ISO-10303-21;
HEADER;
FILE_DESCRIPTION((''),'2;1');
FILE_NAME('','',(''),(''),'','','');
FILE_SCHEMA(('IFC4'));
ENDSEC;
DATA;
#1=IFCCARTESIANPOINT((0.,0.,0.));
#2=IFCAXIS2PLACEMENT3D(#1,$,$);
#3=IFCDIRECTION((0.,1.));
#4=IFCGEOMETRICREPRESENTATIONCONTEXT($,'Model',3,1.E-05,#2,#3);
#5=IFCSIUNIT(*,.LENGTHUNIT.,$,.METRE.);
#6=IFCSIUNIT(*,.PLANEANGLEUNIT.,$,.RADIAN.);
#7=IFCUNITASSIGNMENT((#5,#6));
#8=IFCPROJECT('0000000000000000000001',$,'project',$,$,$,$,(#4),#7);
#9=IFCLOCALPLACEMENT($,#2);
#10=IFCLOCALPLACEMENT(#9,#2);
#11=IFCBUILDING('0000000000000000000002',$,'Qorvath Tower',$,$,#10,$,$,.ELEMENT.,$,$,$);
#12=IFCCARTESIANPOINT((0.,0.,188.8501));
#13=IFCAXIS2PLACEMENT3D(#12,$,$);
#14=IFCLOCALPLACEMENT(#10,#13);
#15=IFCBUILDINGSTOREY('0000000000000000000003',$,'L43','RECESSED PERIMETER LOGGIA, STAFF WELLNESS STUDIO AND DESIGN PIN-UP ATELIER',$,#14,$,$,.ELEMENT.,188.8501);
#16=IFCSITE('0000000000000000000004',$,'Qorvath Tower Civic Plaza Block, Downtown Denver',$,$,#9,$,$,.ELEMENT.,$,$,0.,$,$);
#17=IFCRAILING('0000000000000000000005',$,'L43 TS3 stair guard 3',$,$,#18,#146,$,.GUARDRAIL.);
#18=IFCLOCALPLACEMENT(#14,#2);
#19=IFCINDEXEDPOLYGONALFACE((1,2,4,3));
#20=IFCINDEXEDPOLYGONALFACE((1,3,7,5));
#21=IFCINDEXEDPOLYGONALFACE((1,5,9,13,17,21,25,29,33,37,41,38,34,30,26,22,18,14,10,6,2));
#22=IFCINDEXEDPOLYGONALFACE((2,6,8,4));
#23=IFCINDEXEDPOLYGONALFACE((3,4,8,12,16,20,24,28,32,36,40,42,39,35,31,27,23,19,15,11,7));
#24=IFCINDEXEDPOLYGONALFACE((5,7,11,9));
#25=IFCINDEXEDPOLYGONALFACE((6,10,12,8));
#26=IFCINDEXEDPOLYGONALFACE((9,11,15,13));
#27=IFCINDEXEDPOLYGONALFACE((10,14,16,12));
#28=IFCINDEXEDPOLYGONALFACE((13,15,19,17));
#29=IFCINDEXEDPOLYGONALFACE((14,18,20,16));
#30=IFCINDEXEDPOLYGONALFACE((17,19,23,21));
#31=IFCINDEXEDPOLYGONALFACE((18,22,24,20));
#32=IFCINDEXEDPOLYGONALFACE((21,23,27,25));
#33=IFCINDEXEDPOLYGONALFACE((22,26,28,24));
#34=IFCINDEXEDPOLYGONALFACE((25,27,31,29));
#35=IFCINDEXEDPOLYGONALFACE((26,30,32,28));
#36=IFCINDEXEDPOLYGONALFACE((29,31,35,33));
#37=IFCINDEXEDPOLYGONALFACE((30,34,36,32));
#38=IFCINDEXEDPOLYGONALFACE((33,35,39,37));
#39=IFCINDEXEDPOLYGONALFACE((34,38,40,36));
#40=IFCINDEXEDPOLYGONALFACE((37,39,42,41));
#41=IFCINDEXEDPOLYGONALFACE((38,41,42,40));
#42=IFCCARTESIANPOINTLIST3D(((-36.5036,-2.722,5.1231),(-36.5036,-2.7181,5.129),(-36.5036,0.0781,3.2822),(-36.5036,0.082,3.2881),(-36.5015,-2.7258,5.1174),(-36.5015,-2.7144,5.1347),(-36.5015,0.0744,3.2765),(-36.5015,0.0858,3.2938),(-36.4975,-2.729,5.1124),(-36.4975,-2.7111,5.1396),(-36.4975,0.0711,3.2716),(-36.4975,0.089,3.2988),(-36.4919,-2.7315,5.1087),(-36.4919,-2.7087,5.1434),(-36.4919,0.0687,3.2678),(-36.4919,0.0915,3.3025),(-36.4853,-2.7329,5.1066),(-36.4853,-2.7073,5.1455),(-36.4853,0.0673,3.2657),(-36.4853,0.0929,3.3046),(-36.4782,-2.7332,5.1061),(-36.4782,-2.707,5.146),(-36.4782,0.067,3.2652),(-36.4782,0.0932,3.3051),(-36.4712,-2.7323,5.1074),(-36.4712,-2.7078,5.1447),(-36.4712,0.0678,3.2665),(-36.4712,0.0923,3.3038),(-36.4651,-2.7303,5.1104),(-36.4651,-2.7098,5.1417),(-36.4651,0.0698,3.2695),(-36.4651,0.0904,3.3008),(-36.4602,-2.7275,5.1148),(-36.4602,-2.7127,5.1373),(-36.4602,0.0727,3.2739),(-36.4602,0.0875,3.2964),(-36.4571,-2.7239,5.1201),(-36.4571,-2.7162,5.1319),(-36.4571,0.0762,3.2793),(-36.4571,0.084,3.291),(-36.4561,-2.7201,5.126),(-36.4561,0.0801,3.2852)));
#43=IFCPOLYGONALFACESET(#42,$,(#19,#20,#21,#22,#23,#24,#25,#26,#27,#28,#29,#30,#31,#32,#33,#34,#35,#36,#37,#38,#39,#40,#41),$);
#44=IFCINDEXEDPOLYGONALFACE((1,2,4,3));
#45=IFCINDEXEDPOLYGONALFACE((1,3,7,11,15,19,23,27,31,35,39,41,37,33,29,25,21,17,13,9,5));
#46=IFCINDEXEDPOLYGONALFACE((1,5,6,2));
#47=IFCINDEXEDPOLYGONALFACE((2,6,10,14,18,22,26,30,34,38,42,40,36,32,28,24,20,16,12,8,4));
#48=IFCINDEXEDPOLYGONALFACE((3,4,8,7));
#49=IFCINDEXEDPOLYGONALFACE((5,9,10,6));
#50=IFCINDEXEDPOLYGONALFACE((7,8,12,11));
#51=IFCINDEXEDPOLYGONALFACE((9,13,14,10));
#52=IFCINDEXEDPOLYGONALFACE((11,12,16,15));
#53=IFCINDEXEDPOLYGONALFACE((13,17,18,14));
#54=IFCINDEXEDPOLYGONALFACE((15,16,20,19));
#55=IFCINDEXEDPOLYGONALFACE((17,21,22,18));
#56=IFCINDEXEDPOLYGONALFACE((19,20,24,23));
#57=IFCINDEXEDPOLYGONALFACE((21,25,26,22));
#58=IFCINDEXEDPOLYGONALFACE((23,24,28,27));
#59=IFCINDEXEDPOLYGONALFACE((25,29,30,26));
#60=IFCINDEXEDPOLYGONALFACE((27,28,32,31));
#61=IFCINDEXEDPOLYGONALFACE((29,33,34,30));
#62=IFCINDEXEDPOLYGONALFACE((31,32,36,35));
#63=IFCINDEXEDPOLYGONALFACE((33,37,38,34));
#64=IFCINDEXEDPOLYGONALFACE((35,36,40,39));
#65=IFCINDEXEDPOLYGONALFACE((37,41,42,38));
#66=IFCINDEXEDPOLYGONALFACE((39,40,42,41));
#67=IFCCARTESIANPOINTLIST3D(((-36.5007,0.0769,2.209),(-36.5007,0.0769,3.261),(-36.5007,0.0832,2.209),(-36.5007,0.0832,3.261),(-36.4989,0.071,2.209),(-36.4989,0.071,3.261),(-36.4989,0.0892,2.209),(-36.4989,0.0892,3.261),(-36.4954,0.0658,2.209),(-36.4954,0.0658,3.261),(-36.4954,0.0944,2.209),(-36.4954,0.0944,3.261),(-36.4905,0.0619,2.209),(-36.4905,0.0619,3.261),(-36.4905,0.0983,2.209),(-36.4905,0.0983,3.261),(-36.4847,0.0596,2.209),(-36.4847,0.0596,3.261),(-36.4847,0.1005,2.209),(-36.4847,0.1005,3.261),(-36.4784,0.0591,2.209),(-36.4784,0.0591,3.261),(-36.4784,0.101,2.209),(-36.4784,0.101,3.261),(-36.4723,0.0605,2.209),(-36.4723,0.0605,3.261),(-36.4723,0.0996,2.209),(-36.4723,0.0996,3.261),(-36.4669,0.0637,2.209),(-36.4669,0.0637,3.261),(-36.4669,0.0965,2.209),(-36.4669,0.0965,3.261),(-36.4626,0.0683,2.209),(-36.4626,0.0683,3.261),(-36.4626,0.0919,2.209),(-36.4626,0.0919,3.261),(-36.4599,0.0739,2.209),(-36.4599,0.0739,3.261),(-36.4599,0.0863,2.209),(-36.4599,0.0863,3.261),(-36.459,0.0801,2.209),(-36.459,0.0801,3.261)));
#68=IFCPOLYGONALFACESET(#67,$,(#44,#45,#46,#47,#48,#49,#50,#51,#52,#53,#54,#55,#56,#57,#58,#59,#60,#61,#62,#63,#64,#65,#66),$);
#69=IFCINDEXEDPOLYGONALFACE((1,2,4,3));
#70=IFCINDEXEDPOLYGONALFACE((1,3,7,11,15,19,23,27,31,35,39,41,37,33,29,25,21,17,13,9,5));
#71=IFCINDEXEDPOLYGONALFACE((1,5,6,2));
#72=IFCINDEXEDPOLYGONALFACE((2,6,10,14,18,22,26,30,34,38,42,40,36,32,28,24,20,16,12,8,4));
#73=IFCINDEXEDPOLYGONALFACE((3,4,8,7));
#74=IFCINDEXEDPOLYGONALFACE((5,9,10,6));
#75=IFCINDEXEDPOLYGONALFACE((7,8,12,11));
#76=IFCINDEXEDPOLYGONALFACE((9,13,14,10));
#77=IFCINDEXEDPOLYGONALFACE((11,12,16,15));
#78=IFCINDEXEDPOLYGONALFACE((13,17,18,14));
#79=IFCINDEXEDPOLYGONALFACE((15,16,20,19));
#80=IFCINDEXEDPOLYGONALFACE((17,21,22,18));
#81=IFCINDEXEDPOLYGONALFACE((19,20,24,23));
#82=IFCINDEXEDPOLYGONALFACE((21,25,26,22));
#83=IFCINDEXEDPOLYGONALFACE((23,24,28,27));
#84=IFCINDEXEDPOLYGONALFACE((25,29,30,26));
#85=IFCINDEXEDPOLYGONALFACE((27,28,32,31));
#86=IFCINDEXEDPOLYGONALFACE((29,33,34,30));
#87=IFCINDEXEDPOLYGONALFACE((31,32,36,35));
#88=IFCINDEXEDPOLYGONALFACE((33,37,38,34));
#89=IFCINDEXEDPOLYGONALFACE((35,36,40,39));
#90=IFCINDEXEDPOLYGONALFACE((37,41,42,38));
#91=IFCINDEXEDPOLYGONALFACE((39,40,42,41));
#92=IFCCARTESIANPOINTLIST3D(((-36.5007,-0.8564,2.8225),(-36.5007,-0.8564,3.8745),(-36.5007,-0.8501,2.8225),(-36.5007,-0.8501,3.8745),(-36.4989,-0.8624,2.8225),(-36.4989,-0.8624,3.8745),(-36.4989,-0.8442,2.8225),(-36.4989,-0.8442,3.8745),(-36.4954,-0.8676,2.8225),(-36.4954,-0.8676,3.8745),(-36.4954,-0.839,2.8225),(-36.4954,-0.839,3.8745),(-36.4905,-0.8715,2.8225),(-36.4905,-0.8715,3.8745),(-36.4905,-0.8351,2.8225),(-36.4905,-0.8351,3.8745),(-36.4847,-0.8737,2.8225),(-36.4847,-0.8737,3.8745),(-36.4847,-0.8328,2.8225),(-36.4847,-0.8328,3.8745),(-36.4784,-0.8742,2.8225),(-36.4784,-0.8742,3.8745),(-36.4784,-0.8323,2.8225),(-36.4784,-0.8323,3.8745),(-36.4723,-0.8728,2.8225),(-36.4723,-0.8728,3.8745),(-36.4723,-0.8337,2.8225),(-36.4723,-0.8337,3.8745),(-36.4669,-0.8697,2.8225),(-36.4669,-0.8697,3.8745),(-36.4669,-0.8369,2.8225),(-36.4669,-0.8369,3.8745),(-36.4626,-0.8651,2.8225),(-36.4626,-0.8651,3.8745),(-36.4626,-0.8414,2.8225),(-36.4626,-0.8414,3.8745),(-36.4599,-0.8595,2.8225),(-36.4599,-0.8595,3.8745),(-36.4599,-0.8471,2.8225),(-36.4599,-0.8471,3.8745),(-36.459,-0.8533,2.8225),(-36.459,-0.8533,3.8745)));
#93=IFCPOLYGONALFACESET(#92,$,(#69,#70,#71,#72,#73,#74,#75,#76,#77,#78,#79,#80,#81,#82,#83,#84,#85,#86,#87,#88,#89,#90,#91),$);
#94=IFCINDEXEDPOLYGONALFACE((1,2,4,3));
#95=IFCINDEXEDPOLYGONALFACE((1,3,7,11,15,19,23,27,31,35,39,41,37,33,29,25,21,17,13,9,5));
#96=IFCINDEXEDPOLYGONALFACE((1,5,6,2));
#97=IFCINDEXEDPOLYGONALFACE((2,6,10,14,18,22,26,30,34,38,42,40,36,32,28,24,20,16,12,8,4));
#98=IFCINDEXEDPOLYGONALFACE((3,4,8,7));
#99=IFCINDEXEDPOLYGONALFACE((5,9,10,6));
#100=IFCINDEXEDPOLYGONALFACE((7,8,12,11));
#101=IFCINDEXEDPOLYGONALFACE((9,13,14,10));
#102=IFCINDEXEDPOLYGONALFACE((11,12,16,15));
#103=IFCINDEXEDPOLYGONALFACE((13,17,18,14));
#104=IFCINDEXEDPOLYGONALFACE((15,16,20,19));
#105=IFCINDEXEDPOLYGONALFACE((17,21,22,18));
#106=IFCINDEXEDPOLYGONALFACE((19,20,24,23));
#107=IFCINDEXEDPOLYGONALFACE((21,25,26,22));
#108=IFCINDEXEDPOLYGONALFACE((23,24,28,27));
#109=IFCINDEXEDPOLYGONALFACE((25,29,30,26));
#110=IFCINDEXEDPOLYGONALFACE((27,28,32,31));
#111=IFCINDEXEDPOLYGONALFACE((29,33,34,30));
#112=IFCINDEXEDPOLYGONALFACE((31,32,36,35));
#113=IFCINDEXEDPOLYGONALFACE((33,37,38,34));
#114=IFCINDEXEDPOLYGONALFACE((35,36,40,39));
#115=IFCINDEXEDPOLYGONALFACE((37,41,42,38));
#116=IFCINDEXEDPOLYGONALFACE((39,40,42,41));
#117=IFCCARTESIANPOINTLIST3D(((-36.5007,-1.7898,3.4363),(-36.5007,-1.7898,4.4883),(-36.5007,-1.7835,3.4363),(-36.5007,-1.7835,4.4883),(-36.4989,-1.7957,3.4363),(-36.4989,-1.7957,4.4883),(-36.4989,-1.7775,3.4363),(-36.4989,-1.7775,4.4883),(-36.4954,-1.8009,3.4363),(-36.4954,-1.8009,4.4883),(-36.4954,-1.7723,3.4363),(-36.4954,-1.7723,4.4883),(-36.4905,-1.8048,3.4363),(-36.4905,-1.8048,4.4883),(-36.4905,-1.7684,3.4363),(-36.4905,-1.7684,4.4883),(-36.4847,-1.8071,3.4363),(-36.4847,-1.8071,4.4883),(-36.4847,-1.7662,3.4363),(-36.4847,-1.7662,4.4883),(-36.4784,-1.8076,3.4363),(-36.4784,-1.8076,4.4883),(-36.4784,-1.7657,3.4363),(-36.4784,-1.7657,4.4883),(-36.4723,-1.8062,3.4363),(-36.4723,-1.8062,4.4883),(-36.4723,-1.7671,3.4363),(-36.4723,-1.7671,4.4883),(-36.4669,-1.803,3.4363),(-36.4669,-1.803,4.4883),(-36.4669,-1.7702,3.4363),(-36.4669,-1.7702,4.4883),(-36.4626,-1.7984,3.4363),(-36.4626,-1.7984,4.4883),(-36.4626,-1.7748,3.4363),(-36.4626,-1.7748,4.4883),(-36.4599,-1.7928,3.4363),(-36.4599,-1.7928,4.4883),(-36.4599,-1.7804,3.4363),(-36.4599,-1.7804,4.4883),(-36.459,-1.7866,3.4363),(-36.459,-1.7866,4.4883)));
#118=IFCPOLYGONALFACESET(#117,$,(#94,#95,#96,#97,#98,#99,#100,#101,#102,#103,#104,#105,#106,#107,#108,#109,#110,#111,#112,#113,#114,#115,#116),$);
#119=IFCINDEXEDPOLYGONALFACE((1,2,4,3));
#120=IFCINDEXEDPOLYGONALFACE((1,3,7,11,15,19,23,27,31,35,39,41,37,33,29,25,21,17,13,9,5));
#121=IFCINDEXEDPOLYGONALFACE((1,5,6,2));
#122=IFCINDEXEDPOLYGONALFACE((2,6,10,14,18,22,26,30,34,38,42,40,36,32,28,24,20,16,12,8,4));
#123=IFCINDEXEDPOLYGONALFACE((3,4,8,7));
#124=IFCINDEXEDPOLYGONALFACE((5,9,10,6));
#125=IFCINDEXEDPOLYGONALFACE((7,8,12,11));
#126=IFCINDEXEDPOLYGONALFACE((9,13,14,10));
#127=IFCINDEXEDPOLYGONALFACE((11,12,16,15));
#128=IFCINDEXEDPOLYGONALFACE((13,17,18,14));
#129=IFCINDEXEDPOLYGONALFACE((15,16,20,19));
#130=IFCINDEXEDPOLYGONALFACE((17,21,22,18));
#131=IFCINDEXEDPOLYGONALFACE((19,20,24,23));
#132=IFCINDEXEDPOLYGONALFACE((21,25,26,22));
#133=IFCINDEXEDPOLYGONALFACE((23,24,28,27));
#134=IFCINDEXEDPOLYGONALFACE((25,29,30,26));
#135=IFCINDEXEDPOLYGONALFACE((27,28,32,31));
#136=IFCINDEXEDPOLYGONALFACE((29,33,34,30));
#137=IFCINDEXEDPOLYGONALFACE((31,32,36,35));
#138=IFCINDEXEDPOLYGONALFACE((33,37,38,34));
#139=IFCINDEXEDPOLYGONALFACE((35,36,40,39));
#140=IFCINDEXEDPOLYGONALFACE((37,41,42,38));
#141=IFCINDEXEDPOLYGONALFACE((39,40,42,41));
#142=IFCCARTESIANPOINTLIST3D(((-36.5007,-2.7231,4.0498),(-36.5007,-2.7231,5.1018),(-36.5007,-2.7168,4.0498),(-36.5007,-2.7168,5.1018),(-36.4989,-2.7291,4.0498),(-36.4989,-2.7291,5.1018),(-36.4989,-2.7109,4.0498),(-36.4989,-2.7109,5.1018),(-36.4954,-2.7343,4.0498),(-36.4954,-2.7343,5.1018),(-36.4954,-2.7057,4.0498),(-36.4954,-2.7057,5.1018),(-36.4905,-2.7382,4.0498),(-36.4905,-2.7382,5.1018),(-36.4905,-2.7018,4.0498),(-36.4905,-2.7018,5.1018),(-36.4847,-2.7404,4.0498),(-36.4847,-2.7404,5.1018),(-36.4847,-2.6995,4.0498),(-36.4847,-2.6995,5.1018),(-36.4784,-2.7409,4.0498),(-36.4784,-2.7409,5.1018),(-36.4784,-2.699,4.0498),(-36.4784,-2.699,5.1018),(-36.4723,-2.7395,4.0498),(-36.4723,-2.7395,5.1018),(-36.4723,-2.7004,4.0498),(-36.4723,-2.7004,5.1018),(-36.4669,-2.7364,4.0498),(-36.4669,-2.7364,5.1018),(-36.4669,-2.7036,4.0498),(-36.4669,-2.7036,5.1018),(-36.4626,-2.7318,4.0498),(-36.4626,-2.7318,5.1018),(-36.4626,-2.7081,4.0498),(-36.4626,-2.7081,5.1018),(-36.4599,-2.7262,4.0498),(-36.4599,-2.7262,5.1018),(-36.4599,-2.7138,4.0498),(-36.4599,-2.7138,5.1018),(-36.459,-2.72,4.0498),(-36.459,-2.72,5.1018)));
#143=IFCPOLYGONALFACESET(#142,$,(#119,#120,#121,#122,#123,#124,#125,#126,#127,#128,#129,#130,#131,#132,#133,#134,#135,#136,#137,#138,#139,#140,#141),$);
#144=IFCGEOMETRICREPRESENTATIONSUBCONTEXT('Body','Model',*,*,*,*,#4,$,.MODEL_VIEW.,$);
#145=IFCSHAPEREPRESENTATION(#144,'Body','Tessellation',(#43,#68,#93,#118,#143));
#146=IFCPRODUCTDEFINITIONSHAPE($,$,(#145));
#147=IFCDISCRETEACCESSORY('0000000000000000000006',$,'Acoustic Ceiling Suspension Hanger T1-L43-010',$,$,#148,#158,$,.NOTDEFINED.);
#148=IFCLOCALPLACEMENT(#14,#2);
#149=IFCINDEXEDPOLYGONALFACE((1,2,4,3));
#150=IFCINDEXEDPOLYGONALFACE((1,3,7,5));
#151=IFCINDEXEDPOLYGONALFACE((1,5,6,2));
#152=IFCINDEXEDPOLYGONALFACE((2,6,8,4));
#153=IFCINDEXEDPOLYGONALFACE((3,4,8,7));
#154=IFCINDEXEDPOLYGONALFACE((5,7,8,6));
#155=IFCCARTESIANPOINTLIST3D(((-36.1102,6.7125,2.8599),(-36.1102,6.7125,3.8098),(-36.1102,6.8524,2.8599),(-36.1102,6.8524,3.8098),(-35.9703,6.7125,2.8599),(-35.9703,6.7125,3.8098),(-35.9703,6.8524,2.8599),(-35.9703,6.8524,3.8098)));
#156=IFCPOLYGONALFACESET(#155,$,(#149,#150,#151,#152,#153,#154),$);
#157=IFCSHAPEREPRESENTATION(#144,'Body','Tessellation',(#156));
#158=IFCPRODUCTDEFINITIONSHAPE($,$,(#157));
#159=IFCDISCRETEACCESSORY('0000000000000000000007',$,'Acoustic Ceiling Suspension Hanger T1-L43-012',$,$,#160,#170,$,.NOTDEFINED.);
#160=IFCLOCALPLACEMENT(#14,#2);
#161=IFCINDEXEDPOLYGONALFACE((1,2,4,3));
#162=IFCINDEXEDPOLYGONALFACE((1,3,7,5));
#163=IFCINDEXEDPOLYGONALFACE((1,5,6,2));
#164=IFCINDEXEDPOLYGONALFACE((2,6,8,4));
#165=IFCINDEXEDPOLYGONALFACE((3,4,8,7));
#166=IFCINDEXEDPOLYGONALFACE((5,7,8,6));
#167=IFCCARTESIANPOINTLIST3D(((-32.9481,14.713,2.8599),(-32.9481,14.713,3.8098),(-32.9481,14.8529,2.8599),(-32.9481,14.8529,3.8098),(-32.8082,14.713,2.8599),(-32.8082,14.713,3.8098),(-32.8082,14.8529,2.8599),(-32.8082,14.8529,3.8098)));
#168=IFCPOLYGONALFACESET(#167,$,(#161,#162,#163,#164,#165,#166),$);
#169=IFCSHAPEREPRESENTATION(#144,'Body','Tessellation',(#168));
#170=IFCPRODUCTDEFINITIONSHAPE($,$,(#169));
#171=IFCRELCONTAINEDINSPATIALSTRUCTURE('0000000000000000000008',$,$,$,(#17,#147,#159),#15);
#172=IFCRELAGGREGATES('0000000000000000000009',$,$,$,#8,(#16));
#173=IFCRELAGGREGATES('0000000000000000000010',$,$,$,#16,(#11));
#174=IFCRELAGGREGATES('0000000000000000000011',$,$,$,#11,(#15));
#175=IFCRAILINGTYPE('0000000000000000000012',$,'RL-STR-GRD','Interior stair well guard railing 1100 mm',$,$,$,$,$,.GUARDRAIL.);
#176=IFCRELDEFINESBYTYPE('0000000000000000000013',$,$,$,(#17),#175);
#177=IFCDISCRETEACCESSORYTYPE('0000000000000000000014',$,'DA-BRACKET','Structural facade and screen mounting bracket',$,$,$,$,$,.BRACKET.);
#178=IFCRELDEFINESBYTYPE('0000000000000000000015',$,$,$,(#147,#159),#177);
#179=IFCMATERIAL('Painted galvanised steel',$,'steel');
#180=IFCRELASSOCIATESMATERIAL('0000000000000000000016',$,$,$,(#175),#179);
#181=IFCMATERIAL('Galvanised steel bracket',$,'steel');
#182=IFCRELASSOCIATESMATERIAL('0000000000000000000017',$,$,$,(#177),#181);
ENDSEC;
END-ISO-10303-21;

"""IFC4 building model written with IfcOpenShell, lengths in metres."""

from ifc_helpers import new_model, si_unit, direction, frame, origin, origin_2d, place, context, subcontext, project, spatial, rectangle, circle, extrude, material, type_object, element, save


model = new_model("IFC4")

# Units and contexts
model_context = context("Model", 3, precision=1e-05, world=origin(), true_north=direction((0.0, 1.0)))
body_context = subcontext(model_context, "Body", "Model", "MODEL_VIEW")
ifc_project = project(units=[si_unit("LENGTHUNIT", "METRE"), si_unit("PLANEANGLEUNIT", "RADIAN")], contexts=[model_context])

# Site, building, storey
site_placement = place(None, origin())
site = spatial("IfcSite", under=ifc_project, at=site_placement, Name="Qorvath Tower Civic Plaza Block, Downtown Denver", CompositionType="ELEMENT", RefElevation=0.0)
building_placement = place(site_placement, origin())
building = spatial("IfcBuilding", under=site, at=building_placement, Name="Qorvath Tower", CompositionType="ELEMENT")
storey_placement = place(building_placement, frame((0.0, 0.0, 188.8501)))
storey = spatial("IfcBuildingStorey", under=building, at=storey_placement, Name="L43", Description="RECESSED PERIMETER LOGGIA, STAFF WELLNESS STUDIO AND DESIGN PIN-UP ATELIER", CompositionType="ELEMENT", Elevation=188.8501)

# Railing
ifc_material_1 = material(Name="Painted galvanised steel", Category="steel")
railing_type = type_object("IfcRailingType", Name="RL-STR-GRD", Description="Interior stair well guard railing 1100 mm", PredefinedType="GUARDRAIL", material=ifc_material_1)
railing_1_placement = place(storey_placement, frame((-36.48, 0.0801, 2.209)))
element("IfcRailing", 1, at=railing_1_placement, inside=storey, type_object=railing_type, Name="L43 TS3 stair guard 3", PredefinedType="GUARDRAIL", context=body_context, shape_type="SweptSolid", body=[
    extrude(circle(Radius=0.0239, at=origin_2d()), frame((0.0, 0.0, 1.0762), z_axis=(0.0, -0.835598, 0.549342), x_axis=(1.0, 0.0, 0.0)), (0.0, 0.0, 1.0), 3.3511),
    extrude(circle(Radius=0.021, at=origin_2d()), origin(), (0.0, 0.0, 1.0), 1.052),
    extrude(circle(Radius=0.021, at=origin_2d()), frame((0.0, -0.9333, 0.6135)), (0.0, 0.0, 1.0), 1.052),
    extrude(circle(Radius=0.021, at=origin_2d()), frame((0.0, -1.8667, 1.2273)), (0.0, 0.0, 1.0), 1.052),
    extrude(circle(Radius=0.021, at=origin_2d()), frame((0.0, -2.8, 1.8408)), (0.0, 0.0, 1.0), 1.052),
])

# Discrete accessories
ifc_material_2 = material(Name="Galvanised steel bracket", Category="steel")
discrete_accessory_type = type_object("IfcDiscreteAccessoryType", Name="DA-BRACKET", Description="Structural facade and screen mounting bracket", PredefinedType="BRACKET", material=ifc_material_2)
for number, where, z_axis, x_axis, name in (
    (2, (-36.0403, 6.7825, 2.8599), (0.0, 0.0, 1.0), (1.0, 0.0, 0.0), "Acoustic Ceiling Suspension Hanger T1-L43-010"),
    (3, (-32.8782, 14.783, 2.8599), (0.0, 0.0, 1.0), (1.0, 0.0, 0.0), "Acoustic Ceiling Suspension Hanger T1-L43-012"),
):
    element("IfcDiscreteAccessory", number, at=place(storey_placement, frame(where, z_axis=z_axis, x_axis=x_axis)), inside=storey, type_object=discrete_accessory_type, Name=name, PredefinedType="NOTDEFINED", context=body_context, shape_type="SweptSolid", body=[
        extrude(rectangle(XDim=0.1399, YDim=0.1399, at=origin_2d()), origin(), (0.0, 0.0, 1.0), 0.95),
    ])

save(model, "model.ifc")
